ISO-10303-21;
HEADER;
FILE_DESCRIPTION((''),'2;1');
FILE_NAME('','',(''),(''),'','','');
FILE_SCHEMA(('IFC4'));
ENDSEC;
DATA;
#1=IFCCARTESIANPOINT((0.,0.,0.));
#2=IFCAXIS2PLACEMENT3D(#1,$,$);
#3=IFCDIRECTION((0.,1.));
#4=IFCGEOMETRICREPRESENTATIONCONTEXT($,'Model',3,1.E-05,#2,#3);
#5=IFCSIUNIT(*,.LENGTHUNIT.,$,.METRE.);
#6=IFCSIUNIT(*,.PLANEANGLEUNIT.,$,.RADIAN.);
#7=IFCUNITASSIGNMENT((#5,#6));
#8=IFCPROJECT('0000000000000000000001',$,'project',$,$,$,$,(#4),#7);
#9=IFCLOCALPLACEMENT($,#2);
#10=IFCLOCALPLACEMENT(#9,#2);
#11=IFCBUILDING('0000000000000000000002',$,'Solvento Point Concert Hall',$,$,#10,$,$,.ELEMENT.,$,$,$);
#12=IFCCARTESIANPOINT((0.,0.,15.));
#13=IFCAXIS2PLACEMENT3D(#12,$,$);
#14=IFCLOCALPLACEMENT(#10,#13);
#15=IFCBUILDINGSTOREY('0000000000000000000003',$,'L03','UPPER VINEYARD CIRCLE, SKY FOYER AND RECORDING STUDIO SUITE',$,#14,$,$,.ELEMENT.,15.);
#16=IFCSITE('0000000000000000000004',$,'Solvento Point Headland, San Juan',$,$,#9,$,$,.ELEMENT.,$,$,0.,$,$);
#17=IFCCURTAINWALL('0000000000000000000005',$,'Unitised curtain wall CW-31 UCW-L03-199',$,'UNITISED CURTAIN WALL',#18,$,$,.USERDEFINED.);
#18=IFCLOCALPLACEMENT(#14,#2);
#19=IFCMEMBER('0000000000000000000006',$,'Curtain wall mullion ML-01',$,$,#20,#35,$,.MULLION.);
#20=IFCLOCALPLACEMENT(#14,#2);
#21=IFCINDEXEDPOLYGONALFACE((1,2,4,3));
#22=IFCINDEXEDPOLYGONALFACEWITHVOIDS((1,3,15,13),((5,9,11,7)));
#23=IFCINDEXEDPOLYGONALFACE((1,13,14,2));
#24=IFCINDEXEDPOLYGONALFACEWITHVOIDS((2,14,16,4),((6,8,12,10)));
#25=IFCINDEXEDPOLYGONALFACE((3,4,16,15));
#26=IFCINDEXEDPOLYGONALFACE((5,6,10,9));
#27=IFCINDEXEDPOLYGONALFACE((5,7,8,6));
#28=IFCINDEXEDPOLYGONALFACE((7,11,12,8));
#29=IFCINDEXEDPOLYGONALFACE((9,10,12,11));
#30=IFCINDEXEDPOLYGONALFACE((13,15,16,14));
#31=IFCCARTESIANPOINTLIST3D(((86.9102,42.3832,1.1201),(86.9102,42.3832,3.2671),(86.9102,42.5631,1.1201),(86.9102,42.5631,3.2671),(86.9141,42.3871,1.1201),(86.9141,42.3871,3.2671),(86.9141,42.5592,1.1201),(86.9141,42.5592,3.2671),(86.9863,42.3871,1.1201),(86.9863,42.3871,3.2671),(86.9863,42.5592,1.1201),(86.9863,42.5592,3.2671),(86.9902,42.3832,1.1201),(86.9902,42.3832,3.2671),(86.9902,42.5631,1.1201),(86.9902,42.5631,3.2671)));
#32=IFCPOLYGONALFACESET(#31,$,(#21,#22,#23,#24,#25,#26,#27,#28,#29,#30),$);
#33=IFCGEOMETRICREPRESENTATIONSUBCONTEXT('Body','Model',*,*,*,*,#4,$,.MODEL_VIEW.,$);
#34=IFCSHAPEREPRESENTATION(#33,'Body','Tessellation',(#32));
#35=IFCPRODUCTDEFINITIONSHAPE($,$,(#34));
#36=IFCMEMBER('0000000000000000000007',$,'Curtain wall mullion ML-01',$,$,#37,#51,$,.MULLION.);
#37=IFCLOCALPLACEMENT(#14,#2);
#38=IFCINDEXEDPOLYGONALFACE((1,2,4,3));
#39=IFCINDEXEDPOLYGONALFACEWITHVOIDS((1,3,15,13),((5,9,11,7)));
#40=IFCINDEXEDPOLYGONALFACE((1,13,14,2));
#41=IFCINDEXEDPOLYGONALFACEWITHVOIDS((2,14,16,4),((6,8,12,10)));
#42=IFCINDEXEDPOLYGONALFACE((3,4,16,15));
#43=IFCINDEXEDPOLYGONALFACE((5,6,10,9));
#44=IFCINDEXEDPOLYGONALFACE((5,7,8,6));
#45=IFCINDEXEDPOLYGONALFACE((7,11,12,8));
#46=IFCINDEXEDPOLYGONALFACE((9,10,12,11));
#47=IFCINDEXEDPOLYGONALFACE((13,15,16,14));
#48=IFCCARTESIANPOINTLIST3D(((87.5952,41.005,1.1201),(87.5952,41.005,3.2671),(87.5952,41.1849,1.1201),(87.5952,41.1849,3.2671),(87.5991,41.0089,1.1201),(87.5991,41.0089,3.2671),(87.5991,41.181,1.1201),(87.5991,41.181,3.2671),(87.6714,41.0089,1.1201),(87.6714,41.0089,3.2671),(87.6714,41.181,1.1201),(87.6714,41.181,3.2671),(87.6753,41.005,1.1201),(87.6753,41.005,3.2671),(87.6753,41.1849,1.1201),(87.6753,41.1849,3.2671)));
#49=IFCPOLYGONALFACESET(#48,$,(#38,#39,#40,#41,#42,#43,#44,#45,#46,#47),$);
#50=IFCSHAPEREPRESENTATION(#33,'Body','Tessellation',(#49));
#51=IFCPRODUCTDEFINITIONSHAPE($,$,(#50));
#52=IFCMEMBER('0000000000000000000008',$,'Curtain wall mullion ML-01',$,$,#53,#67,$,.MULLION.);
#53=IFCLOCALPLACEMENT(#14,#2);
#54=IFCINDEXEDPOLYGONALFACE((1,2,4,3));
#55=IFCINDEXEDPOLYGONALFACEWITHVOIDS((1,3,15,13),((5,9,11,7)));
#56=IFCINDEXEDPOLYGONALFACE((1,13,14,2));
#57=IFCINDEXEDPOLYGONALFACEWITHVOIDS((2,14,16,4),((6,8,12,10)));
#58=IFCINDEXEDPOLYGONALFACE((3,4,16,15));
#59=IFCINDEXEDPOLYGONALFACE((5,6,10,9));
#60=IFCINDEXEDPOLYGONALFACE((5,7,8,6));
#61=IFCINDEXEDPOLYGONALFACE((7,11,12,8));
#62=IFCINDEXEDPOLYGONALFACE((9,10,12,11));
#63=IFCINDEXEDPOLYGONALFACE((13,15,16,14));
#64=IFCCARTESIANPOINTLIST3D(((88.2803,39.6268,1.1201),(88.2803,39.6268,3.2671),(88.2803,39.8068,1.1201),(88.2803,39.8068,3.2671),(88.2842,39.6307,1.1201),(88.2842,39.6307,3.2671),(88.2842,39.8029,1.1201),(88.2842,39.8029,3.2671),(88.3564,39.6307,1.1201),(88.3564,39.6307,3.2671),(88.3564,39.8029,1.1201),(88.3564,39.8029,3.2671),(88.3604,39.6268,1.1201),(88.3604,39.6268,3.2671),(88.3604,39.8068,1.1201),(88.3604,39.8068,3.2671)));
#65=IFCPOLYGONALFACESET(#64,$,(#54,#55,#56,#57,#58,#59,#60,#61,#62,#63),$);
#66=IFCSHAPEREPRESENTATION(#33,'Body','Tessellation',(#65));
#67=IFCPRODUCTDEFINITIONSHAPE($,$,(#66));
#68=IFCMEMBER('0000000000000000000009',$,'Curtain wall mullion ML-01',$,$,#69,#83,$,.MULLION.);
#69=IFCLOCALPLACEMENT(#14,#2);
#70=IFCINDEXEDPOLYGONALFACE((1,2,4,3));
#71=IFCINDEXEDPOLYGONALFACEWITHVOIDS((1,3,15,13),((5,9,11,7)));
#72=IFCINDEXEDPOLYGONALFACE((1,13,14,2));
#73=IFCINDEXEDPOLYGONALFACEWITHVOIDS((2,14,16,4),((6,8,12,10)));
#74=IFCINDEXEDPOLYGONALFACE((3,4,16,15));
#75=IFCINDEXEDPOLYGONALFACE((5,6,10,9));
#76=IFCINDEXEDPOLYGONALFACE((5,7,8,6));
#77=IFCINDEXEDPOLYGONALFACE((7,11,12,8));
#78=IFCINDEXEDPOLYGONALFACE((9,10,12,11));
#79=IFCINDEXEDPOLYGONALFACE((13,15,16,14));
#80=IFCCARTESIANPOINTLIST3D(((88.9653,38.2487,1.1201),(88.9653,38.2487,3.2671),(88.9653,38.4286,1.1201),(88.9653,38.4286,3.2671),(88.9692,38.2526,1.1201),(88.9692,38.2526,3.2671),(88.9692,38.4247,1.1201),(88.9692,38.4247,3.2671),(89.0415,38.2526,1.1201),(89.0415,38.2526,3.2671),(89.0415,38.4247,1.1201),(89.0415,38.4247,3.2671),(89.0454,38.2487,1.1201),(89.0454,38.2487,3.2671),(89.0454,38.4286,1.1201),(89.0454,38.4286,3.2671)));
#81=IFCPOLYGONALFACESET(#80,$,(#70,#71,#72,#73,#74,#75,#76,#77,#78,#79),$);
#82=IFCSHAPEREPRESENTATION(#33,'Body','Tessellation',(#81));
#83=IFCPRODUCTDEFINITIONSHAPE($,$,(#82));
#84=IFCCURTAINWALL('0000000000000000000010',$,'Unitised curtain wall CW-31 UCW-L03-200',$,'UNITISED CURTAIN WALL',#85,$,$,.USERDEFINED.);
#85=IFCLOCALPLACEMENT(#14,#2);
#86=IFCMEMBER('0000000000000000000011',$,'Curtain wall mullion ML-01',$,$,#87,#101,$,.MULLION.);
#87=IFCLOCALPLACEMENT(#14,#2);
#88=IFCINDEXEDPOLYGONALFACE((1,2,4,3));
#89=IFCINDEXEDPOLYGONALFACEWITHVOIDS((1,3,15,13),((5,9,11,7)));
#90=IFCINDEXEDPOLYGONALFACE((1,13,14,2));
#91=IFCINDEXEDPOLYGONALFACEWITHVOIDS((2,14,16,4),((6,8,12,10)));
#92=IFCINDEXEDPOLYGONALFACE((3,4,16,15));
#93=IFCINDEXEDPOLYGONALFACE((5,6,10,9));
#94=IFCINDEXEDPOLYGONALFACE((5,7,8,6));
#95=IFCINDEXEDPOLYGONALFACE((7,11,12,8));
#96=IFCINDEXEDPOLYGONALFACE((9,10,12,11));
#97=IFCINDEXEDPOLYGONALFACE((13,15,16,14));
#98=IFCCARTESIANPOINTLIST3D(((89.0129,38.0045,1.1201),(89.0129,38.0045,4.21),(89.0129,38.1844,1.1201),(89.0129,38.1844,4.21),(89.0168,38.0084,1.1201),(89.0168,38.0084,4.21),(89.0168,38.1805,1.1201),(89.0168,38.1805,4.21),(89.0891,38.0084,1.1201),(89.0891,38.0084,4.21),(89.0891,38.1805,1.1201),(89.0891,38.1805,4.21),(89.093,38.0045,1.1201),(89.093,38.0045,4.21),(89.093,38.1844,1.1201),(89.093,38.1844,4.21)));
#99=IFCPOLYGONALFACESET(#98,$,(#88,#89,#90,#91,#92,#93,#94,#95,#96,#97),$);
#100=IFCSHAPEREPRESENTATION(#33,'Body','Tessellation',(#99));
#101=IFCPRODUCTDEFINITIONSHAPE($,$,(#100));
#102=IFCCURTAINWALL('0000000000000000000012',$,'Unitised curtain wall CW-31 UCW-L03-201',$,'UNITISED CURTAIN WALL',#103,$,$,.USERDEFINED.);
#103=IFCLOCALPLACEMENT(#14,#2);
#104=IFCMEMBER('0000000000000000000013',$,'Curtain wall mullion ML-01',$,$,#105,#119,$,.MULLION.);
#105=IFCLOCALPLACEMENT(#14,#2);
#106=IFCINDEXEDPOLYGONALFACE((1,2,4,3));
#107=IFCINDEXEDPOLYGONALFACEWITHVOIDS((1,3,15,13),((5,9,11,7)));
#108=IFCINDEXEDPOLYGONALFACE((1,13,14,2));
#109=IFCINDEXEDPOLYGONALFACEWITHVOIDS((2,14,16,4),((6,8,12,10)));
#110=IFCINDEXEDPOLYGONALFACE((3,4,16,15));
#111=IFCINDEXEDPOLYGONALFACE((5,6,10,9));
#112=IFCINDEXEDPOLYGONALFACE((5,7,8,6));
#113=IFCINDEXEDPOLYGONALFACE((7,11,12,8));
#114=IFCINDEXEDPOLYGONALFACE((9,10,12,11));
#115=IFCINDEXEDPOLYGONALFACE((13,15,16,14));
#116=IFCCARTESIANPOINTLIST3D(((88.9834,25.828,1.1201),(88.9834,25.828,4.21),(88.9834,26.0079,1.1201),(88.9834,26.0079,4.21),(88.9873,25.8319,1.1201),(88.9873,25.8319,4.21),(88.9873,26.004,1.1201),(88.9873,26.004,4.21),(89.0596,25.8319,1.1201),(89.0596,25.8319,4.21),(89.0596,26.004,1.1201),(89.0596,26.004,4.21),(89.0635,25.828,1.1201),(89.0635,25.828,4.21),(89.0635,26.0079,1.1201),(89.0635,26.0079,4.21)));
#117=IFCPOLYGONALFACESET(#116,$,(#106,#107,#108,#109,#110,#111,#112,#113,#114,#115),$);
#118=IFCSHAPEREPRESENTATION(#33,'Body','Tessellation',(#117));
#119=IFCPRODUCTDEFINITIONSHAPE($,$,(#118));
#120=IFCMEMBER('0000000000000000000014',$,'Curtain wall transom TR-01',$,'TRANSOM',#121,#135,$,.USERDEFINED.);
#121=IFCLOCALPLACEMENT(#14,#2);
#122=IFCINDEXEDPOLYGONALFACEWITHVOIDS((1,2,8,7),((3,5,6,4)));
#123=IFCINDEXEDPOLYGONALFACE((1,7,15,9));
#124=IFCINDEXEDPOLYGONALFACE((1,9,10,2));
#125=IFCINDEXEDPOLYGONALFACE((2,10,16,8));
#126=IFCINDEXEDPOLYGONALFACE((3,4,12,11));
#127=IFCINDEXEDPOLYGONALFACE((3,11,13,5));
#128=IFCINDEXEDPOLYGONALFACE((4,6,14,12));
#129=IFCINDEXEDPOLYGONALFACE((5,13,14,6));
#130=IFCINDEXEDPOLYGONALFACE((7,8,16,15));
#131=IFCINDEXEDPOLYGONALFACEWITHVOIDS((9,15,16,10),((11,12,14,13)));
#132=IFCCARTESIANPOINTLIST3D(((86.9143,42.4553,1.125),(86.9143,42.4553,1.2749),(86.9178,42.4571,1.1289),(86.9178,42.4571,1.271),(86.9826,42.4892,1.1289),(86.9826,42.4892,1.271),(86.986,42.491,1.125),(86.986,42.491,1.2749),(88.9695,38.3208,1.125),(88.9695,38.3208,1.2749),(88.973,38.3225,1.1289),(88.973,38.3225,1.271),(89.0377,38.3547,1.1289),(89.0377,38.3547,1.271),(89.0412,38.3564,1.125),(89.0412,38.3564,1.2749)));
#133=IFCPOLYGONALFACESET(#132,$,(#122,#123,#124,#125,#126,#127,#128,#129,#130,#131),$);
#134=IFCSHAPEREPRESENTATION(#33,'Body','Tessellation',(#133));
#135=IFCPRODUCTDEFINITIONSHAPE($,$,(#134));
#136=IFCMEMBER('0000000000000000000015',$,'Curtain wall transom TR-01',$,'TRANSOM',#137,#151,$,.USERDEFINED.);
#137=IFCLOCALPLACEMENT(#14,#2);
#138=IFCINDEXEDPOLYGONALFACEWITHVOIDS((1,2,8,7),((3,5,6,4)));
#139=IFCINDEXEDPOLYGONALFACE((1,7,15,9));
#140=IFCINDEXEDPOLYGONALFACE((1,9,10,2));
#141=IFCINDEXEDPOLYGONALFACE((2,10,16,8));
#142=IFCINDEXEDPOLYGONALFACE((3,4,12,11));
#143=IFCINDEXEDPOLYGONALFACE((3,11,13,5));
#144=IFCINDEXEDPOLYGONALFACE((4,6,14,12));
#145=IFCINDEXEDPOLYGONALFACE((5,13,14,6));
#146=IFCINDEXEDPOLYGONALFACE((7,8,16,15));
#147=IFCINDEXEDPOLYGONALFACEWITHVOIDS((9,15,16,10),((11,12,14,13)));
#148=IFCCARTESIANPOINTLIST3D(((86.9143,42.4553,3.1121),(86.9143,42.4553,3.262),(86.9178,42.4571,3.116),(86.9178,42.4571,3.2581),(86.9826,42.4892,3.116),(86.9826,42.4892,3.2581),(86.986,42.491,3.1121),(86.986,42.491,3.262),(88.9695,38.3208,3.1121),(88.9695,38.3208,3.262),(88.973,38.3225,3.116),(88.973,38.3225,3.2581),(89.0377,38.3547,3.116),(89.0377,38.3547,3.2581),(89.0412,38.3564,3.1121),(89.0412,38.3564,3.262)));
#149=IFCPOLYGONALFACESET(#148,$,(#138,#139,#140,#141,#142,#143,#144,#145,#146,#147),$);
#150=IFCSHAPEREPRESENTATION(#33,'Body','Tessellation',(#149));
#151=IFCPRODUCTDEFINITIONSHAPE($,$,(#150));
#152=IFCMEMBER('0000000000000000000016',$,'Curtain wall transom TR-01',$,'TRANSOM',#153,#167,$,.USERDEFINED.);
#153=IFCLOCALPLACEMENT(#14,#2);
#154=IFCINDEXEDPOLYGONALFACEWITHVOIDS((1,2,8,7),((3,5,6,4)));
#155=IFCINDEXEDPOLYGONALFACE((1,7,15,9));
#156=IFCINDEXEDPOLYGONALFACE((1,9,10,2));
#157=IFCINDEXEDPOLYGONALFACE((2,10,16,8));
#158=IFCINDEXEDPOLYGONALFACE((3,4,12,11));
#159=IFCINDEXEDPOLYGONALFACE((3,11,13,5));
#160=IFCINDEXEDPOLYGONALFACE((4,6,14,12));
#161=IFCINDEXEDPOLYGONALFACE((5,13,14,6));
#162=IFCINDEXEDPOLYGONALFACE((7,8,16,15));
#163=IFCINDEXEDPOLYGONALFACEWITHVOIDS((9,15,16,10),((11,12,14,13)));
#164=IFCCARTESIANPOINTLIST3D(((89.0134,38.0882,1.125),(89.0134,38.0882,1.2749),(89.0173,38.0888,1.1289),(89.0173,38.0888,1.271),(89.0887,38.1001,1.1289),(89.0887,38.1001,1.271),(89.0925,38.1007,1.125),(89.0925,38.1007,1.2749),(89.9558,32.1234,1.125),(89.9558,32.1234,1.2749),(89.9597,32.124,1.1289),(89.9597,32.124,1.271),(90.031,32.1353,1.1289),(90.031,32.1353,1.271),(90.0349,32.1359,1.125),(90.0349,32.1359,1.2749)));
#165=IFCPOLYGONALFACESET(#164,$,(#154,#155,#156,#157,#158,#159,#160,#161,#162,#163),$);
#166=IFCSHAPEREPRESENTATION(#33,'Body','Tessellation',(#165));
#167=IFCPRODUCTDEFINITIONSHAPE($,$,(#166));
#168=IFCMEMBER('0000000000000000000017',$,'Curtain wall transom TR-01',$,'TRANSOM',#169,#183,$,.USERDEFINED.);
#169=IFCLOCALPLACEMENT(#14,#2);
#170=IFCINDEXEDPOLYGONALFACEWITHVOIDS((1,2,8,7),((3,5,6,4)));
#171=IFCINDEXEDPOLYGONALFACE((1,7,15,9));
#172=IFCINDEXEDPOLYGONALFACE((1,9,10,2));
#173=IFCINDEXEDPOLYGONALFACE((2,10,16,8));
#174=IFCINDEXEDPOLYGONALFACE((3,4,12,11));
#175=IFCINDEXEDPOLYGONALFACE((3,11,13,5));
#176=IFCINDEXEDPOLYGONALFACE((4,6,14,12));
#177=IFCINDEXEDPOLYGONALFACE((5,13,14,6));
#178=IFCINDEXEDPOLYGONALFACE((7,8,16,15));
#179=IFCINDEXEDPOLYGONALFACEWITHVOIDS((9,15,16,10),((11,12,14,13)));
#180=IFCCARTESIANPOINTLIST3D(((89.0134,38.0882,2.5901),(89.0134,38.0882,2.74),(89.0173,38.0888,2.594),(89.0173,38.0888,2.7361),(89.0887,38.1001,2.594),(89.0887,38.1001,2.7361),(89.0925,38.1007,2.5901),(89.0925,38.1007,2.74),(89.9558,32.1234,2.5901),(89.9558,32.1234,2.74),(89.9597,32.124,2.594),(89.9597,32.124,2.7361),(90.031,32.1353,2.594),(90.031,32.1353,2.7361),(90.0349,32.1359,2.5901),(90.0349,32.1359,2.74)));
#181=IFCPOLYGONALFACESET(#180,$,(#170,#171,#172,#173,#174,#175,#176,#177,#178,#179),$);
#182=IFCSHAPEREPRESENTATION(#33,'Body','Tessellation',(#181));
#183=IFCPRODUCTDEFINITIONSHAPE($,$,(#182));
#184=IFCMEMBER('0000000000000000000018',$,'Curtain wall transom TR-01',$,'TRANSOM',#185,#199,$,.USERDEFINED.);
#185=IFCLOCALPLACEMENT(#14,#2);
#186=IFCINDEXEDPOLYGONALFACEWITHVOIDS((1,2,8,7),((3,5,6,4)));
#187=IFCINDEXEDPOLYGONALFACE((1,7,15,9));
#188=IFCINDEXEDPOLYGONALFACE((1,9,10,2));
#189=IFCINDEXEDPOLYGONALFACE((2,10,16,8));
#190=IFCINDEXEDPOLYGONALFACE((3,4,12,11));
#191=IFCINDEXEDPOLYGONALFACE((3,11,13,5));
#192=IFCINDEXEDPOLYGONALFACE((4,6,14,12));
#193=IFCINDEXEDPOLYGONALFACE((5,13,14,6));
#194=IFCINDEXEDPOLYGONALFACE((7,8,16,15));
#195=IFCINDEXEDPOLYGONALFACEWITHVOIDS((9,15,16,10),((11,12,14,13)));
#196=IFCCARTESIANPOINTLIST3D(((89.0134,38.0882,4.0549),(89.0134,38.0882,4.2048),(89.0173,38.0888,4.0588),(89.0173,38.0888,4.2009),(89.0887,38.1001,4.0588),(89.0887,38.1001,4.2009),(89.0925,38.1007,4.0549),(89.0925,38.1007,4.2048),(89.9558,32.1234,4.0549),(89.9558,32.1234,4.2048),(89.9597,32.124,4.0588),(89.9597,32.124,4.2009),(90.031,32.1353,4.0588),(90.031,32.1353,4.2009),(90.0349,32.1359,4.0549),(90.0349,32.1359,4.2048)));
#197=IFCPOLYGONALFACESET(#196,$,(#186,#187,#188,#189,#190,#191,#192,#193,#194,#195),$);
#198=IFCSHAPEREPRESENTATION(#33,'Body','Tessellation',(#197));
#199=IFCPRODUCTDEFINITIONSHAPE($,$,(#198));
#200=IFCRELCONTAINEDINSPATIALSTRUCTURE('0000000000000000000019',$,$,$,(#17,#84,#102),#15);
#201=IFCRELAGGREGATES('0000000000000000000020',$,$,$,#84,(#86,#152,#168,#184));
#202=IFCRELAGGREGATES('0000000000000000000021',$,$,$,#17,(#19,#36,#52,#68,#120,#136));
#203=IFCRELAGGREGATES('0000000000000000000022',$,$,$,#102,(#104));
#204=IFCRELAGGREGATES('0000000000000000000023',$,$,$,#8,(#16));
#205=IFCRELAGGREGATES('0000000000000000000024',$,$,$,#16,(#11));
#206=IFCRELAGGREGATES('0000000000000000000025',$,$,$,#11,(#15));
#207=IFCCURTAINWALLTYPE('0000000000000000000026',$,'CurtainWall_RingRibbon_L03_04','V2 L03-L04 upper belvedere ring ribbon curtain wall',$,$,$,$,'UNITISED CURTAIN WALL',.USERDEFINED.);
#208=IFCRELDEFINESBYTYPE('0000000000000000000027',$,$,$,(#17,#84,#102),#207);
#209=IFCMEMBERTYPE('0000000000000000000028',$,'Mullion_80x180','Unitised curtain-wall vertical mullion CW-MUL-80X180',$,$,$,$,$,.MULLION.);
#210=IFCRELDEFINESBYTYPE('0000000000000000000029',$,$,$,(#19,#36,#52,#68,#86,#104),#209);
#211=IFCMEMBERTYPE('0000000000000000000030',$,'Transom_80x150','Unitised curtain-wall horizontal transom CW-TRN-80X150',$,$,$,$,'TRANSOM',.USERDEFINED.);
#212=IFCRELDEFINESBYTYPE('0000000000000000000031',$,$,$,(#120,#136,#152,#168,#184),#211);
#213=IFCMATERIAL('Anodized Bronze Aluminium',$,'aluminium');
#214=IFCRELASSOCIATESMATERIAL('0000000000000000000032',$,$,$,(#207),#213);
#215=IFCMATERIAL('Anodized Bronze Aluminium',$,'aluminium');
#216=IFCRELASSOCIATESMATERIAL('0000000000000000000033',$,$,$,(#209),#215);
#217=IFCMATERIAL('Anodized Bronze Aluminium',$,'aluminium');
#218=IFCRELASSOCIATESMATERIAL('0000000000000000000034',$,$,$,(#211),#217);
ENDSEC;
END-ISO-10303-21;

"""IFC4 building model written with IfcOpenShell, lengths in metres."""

from ifc_helpers import new_model, si_unit, direction, frame, origin, origin_2d, place, context, subcontext, project, spatial, hollow_rectangle, extrude, material, material_profile, profile_set, type_object, element, aggregate, save


model = new_model("IFC4")

# Units and contexts
model_context = context("Model", 3, precision=1e-05, world=origin(), true_north=direction((0.0, 1.0)))
body_context = subcontext(model_context, "Body", "Model", "MODEL_VIEW")
ifc_project = project(units=[si_unit("LENGTHUNIT", "METRE"), si_unit("PLANEANGLEUNIT", "RADIAN")], contexts=[model_context])

# Site, building, storey
site_placement = place(None, origin())
site = spatial("IfcSite", under=ifc_project, at=site_placement, Name="Solvento Point Headland, San Juan", CompositionType="ELEMENT", RefElevation=0.0)
building_placement = place(site_placement, origin())
building = spatial("IfcBuilding", under=site, at=building_placement, Name="Solvento Point Concert Hall", CompositionType="ELEMENT")
storey_placement = place(building_placement, frame((0.0, 0.0, 15.0)))
storey = spatial("IfcBuildingStorey", under=building, at=storey_placement, Name="L03", Description="UPPER VINEYARD CIRCLE, SKY FOYER AND RECORDING STUDIO SUITE", CompositionType="ELEMENT", Elevation=15.0)

# Curtain wall, members
ifc_material_1 = material(Name="Anodized Bronze Aluminium", Category="aluminium")
curtain_wall_type = type_object("IfcCurtainWallType", Name="CurtainWall_RingRibbon_L03_04", Description="V2 L03-L04 upper belvedere ring ribbon curtain wall", ElementType="UNITISED CURTAIN WALL", PredefinedType="USERDEFINED", material=ifc_material_1)
curtain_wall_1_placement = place(storey_placement, origin())
curtain_wall_1 = element("IfcCurtainWall", 1, at=curtain_wall_1_placement, inside=storey, type_object=curtain_wall_type, Name="Unitised curtain wall CW-31 UCW-L03-199", ObjectType="UNITISED CURTAIN WALL", PredefinedType="USERDEFINED")
ifc_material_2 = material(Name="Anodized Bronze Aluminium", Category="aluminium")
ifc_material_profile_1 = material_profile(ifc_material_2, hollow_rectangle(XDim=0.0801, YDim=0.1799, WallThickness=0.0039, at=origin_2d()), Name="CW-MUL-80X180")
ifc_profile_set_1 = profile_set([ifc_material_profile_1], Name="Anodized Bronze Aluminium")
member_type_1 = type_object("IfcMemberType", Name="Mullion_80x180", Description="Unitised curtain-wall vertical mullion CW-MUL-80X180", PredefinedType="MULLION", material=ifc_profile_set_1)
member_1_placement = place(storey_placement, frame((86.9502, 42.4731, 1.1201), z_axis=(0.0, 0.0, 1.0), x_axis=(1.0, 0.0, 0.0)))
member_1 = element("IfcMember", 2, at=member_1_placement, type_object=member_type_1, Name="Curtain wall mullion ML-01", PredefinedType="MULLION", context=body_context, shape_type="SweptSolid", body=[
    extrude(hollow_rectangle(XDim=0.0801, YDim=0.1799, WallThickness=0.0039, at=origin_2d()), origin(), (0.0, 0.0, 1.0), 2.147),
])
member_2_placement = place(storey_placement, frame((87.6353, 41.095, 1.1201), z_axis=(0.0, 0.0, 1.0), x_axis=(1.0, 0.0, 0.0)))
member_2 = element("IfcMember", 3, at=member_2_placement, type_object=member_type_1, Name="Curtain wall mullion ML-01", PredefinedType="MULLION", context=body_context, shape_type="SweptSolid", body=[
    extrude(hollow_rectangle(XDim=0.0801, YDim=0.1799, WallThickness=0.0039, at=origin_2d()), origin(), (0.0, 0.0, 1.0), 2.147),
])
member_3_placement = place(storey_placement, frame((88.3203, 39.7168, 1.1201), z_axis=(0.0, 0.0, 1.0), x_axis=(1.0, 0.0, 0.0)))
member_3 = element("IfcMember", 4, at=member_3_placement, type_object=member_type_1, Name="Curtain wall mullion ML-01", PredefinedType="MULLION", context=body_context, shape_type="SweptSolid", body=[
    extrude(hollow_rectangle(XDim=0.0801, YDim=0.1799, WallThickness=0.0039, at=origin_2d()), origin(), (0.0, 0.0, 1.0), 2.147),
])
member_4_placement = place(storey_placement, frame((89.0054, 38.3386, 1.1201), z_axis=(0.0, 0.0, 1.0), x_axis=(1.0, 0.0, 0.0)))
member_4 = element("IfcMember", 5, at=member_4_placement, type_object=member_type_1, Name="Curtain wall mullion ML-01", PredefinedType="MULLION", context=body_context, shape_type="SweptSolid", body=[
    extrude(hollow_rectangle(XDim=0.0801, YDim=0.1799, WallThickness=0.0039, at=origin_2d()), origin(), (0.0, 0.0, 1.0), 2.147),
])

# Curtain walls, members
curtain_wall_2_placement = place(storey_placement, origin())
curtain_wall_2 = element("IfcCurtainWall", 6, at=curtain_wall_2_placement, inside=storey, type_object=curtain_wall_type, Name="Unitised curtain wall CW-31 UCW-L03-200", ObjectType="UNITISED CURTAIN WALL", PredefinedType="USERDEFINED")
member_5_placement = place(storey_placement, frame((89.053, 38.0945, 1.1201), z_axis=(0.0, 0.0, 1.0), x_axis=(1.0, 0.0, 0.0)))
member_5 = element("IfcMember", 7, at=member_5_placement, type_object=member_type_1, Name="Curtain wall mullion ML-01", PredefinedType="MULLION", context=body_context, shape_type="SweptSolid", body=[
    extrude(hollow_rectangle(XDim=0.0801, YDim=0.1799, WallThickness=0.0039, at=origin_2d()), origin(), (0.0, 0.0, 1.0), 3.0898),
])
curtain_wall_3_placement = place(storey_placement, origin())
curtain_wall_3 = element("IfcCurtainWall", 8, at=curtain_wall_3_placement, inside=storey, type_object=curtain_wall_type, Name="Unitised curtain wall CW-31 UCW-L03-201", ObjectType="UNITISED CURTAIN WALL", PredefinedType="USERDEFINED")
member_6_placement = place(storey_placement, frame((89.0234, 25.918, 1.1201), z_axis=(0.0, 0.0, 1.0), x_axis=(1.0, 0.0, 0.0)))
member_6 = element("IfcMember", 9, at=member_6_placement, type_object=member_type_1, Name="Curtain wall mullion ML-01", PredefinedType="MULLION", context=body_context, shape_type="SweptSolid", body=[
    extrude(hollow_rectangle(XDim=0.0801, YDim=0.1799, WallThickness=0.0039, at=origin_2d()), origin(), (0.0, 0.0, 1.0), 3.0898),
])

# Members
ifc_material_3 = material(Name="Anodized Bronze Aluminium", Category="aluminium")
ifc_material_profile_2 = material_profile(ifc_material_3, hollow_rectangle(XDim=0.0801, YDim=0.1499, WallThickness=0.0039, at=origin_2d()), Name="CW-TRN-80X150")
ifc_profile_set_2 = profile_set([ifc_material_profile_2], Name="Anodized Bronze Aluminium")
member_type_2 = type_object("IfcMemberType", Name="Transom_80x150", Description="Unitised curtain-wall horizontal transom CW-TRN-80X150", ElementType="TRANSOM", PredefinedType="USERDEFINED", material=ifc_profile_set_2)
member_7_placement = place(storey_placement, frame((86.9502, 42.4731, 1.2), z_axis=(0.445118, -0.895472, 0.0), x_axis=(0.895472, 0.445118, 0.0)))
member_7 = element("IfcMember", 10, at=member_7_placement, type_object=member_type_2, Name="Curtain wall transom TR-01", ObjectType="TRANSOM", PredefinedType="USERDEFINED", context=body_context, shape_type="SweptSolid", body=[
    extrude(hollow_rectangle(XDim=0.0801, YDim=0.1499, WallThickness=0.0039, at=origin_2d()), origin(), (0.0, 0.0, 1.0), 4.6172),
])
member_8_placement = place(storey_placement, frame((86.9502, 42.4731, 3.187), z_axis=(0.445118, -0.895472, 0.0), x_axis=(0.895472, 0.445118, 0.0)))
member_8 = element("IfcMember", 11, at=member_8_placement, type_object=member_type_2, Name="Curtain wall transom TR-01", ObjectType="TRANSOM", PredefinedType="USERDEFINED", context=body_context, shape_type="SweptSolid", body=[
    extrude(hollow_rectangle(XDim=0.0801, YDim=0.1499, WallThickness=0.0039, at=origin_2d()), origin(), (0.0, 0.0, 1.0), 4.6172),
])
member_9_placement = place(storey_placement, frame((89.053, 38.0945, 1.2), z_axis=(0.156054, -0.987749, 0.0), x_axis=(0.987749, 0.156054, 0.0)))
member_9 = element("IfcMember", 12, at=member_9_placement, type_object=member_type_2, Name="Curtain wall transom TR-01", ObjectType="TRANSOM", PredefinedType="USERDEFINED", context=body_context, shape_type="SweptSolid", body=[
    extrude(hollow_rectangle(XDim=0.0801, YDim=0.1499, WallThickness=0.0039, at=origin_2d()), origin(), (0.0, 0.0, 1.0), 6.0388),
])
member_10_placement = place(storey_placement, frame((89.053, 38.0945, 2.665), z_axis=(0.156054, -0.987749, 0.0), x_axis=(0.987749, 0.156054, 0.0)))
member_10 = element("IfcMember", 13, at=member_10_placement, type_object=member_type_2, Name="Curtain wall transom TR-01", ObjectType="TRANSOM", PredefinedType="USERDEFINED", context=body_context, shape_type="SweptSolid", body=[
    extrude(hollow_rectangle(XDim=0.0801, YDim=0.1499, WallThickness=0.0039, at=origin_2d()), origin(), (0.0, 0.0, 1.0), 6.0388),
])
member_11_placement = place(storey_placement, frame((89.053, 38.0945, 4.1299), z_axis=(0.156054, -0.987749, 0.0), x_axis=(0.987749, 0.156054, 0.0)))
member_11 = element("IfcMember", 14, at=member_11_placement, type_object=member_type_2, Name="Curtain wall transom TR-01", ObjectType="TRANSOM", PredefinedType="USERDEFINED", context=body_context, shape_type="SweptSolid", body=[
    extrude(hollow_rectangle(XDim=0.0801, YDim=0.1499, WallThickness=0.0039, at=origin_2d()), origin(), (0.0, 0.0, 1.0), 6.0388),
])
aggregate(curtain_wall_2, [member_5, member_9, member_10, member_11])

aggregate(curtain_wall_1, [member_1, member_2, member_3, member_4, member_7, member_8])
aggregate(curtain_wall_3, [member_6])

save(model, "model.ifc")
